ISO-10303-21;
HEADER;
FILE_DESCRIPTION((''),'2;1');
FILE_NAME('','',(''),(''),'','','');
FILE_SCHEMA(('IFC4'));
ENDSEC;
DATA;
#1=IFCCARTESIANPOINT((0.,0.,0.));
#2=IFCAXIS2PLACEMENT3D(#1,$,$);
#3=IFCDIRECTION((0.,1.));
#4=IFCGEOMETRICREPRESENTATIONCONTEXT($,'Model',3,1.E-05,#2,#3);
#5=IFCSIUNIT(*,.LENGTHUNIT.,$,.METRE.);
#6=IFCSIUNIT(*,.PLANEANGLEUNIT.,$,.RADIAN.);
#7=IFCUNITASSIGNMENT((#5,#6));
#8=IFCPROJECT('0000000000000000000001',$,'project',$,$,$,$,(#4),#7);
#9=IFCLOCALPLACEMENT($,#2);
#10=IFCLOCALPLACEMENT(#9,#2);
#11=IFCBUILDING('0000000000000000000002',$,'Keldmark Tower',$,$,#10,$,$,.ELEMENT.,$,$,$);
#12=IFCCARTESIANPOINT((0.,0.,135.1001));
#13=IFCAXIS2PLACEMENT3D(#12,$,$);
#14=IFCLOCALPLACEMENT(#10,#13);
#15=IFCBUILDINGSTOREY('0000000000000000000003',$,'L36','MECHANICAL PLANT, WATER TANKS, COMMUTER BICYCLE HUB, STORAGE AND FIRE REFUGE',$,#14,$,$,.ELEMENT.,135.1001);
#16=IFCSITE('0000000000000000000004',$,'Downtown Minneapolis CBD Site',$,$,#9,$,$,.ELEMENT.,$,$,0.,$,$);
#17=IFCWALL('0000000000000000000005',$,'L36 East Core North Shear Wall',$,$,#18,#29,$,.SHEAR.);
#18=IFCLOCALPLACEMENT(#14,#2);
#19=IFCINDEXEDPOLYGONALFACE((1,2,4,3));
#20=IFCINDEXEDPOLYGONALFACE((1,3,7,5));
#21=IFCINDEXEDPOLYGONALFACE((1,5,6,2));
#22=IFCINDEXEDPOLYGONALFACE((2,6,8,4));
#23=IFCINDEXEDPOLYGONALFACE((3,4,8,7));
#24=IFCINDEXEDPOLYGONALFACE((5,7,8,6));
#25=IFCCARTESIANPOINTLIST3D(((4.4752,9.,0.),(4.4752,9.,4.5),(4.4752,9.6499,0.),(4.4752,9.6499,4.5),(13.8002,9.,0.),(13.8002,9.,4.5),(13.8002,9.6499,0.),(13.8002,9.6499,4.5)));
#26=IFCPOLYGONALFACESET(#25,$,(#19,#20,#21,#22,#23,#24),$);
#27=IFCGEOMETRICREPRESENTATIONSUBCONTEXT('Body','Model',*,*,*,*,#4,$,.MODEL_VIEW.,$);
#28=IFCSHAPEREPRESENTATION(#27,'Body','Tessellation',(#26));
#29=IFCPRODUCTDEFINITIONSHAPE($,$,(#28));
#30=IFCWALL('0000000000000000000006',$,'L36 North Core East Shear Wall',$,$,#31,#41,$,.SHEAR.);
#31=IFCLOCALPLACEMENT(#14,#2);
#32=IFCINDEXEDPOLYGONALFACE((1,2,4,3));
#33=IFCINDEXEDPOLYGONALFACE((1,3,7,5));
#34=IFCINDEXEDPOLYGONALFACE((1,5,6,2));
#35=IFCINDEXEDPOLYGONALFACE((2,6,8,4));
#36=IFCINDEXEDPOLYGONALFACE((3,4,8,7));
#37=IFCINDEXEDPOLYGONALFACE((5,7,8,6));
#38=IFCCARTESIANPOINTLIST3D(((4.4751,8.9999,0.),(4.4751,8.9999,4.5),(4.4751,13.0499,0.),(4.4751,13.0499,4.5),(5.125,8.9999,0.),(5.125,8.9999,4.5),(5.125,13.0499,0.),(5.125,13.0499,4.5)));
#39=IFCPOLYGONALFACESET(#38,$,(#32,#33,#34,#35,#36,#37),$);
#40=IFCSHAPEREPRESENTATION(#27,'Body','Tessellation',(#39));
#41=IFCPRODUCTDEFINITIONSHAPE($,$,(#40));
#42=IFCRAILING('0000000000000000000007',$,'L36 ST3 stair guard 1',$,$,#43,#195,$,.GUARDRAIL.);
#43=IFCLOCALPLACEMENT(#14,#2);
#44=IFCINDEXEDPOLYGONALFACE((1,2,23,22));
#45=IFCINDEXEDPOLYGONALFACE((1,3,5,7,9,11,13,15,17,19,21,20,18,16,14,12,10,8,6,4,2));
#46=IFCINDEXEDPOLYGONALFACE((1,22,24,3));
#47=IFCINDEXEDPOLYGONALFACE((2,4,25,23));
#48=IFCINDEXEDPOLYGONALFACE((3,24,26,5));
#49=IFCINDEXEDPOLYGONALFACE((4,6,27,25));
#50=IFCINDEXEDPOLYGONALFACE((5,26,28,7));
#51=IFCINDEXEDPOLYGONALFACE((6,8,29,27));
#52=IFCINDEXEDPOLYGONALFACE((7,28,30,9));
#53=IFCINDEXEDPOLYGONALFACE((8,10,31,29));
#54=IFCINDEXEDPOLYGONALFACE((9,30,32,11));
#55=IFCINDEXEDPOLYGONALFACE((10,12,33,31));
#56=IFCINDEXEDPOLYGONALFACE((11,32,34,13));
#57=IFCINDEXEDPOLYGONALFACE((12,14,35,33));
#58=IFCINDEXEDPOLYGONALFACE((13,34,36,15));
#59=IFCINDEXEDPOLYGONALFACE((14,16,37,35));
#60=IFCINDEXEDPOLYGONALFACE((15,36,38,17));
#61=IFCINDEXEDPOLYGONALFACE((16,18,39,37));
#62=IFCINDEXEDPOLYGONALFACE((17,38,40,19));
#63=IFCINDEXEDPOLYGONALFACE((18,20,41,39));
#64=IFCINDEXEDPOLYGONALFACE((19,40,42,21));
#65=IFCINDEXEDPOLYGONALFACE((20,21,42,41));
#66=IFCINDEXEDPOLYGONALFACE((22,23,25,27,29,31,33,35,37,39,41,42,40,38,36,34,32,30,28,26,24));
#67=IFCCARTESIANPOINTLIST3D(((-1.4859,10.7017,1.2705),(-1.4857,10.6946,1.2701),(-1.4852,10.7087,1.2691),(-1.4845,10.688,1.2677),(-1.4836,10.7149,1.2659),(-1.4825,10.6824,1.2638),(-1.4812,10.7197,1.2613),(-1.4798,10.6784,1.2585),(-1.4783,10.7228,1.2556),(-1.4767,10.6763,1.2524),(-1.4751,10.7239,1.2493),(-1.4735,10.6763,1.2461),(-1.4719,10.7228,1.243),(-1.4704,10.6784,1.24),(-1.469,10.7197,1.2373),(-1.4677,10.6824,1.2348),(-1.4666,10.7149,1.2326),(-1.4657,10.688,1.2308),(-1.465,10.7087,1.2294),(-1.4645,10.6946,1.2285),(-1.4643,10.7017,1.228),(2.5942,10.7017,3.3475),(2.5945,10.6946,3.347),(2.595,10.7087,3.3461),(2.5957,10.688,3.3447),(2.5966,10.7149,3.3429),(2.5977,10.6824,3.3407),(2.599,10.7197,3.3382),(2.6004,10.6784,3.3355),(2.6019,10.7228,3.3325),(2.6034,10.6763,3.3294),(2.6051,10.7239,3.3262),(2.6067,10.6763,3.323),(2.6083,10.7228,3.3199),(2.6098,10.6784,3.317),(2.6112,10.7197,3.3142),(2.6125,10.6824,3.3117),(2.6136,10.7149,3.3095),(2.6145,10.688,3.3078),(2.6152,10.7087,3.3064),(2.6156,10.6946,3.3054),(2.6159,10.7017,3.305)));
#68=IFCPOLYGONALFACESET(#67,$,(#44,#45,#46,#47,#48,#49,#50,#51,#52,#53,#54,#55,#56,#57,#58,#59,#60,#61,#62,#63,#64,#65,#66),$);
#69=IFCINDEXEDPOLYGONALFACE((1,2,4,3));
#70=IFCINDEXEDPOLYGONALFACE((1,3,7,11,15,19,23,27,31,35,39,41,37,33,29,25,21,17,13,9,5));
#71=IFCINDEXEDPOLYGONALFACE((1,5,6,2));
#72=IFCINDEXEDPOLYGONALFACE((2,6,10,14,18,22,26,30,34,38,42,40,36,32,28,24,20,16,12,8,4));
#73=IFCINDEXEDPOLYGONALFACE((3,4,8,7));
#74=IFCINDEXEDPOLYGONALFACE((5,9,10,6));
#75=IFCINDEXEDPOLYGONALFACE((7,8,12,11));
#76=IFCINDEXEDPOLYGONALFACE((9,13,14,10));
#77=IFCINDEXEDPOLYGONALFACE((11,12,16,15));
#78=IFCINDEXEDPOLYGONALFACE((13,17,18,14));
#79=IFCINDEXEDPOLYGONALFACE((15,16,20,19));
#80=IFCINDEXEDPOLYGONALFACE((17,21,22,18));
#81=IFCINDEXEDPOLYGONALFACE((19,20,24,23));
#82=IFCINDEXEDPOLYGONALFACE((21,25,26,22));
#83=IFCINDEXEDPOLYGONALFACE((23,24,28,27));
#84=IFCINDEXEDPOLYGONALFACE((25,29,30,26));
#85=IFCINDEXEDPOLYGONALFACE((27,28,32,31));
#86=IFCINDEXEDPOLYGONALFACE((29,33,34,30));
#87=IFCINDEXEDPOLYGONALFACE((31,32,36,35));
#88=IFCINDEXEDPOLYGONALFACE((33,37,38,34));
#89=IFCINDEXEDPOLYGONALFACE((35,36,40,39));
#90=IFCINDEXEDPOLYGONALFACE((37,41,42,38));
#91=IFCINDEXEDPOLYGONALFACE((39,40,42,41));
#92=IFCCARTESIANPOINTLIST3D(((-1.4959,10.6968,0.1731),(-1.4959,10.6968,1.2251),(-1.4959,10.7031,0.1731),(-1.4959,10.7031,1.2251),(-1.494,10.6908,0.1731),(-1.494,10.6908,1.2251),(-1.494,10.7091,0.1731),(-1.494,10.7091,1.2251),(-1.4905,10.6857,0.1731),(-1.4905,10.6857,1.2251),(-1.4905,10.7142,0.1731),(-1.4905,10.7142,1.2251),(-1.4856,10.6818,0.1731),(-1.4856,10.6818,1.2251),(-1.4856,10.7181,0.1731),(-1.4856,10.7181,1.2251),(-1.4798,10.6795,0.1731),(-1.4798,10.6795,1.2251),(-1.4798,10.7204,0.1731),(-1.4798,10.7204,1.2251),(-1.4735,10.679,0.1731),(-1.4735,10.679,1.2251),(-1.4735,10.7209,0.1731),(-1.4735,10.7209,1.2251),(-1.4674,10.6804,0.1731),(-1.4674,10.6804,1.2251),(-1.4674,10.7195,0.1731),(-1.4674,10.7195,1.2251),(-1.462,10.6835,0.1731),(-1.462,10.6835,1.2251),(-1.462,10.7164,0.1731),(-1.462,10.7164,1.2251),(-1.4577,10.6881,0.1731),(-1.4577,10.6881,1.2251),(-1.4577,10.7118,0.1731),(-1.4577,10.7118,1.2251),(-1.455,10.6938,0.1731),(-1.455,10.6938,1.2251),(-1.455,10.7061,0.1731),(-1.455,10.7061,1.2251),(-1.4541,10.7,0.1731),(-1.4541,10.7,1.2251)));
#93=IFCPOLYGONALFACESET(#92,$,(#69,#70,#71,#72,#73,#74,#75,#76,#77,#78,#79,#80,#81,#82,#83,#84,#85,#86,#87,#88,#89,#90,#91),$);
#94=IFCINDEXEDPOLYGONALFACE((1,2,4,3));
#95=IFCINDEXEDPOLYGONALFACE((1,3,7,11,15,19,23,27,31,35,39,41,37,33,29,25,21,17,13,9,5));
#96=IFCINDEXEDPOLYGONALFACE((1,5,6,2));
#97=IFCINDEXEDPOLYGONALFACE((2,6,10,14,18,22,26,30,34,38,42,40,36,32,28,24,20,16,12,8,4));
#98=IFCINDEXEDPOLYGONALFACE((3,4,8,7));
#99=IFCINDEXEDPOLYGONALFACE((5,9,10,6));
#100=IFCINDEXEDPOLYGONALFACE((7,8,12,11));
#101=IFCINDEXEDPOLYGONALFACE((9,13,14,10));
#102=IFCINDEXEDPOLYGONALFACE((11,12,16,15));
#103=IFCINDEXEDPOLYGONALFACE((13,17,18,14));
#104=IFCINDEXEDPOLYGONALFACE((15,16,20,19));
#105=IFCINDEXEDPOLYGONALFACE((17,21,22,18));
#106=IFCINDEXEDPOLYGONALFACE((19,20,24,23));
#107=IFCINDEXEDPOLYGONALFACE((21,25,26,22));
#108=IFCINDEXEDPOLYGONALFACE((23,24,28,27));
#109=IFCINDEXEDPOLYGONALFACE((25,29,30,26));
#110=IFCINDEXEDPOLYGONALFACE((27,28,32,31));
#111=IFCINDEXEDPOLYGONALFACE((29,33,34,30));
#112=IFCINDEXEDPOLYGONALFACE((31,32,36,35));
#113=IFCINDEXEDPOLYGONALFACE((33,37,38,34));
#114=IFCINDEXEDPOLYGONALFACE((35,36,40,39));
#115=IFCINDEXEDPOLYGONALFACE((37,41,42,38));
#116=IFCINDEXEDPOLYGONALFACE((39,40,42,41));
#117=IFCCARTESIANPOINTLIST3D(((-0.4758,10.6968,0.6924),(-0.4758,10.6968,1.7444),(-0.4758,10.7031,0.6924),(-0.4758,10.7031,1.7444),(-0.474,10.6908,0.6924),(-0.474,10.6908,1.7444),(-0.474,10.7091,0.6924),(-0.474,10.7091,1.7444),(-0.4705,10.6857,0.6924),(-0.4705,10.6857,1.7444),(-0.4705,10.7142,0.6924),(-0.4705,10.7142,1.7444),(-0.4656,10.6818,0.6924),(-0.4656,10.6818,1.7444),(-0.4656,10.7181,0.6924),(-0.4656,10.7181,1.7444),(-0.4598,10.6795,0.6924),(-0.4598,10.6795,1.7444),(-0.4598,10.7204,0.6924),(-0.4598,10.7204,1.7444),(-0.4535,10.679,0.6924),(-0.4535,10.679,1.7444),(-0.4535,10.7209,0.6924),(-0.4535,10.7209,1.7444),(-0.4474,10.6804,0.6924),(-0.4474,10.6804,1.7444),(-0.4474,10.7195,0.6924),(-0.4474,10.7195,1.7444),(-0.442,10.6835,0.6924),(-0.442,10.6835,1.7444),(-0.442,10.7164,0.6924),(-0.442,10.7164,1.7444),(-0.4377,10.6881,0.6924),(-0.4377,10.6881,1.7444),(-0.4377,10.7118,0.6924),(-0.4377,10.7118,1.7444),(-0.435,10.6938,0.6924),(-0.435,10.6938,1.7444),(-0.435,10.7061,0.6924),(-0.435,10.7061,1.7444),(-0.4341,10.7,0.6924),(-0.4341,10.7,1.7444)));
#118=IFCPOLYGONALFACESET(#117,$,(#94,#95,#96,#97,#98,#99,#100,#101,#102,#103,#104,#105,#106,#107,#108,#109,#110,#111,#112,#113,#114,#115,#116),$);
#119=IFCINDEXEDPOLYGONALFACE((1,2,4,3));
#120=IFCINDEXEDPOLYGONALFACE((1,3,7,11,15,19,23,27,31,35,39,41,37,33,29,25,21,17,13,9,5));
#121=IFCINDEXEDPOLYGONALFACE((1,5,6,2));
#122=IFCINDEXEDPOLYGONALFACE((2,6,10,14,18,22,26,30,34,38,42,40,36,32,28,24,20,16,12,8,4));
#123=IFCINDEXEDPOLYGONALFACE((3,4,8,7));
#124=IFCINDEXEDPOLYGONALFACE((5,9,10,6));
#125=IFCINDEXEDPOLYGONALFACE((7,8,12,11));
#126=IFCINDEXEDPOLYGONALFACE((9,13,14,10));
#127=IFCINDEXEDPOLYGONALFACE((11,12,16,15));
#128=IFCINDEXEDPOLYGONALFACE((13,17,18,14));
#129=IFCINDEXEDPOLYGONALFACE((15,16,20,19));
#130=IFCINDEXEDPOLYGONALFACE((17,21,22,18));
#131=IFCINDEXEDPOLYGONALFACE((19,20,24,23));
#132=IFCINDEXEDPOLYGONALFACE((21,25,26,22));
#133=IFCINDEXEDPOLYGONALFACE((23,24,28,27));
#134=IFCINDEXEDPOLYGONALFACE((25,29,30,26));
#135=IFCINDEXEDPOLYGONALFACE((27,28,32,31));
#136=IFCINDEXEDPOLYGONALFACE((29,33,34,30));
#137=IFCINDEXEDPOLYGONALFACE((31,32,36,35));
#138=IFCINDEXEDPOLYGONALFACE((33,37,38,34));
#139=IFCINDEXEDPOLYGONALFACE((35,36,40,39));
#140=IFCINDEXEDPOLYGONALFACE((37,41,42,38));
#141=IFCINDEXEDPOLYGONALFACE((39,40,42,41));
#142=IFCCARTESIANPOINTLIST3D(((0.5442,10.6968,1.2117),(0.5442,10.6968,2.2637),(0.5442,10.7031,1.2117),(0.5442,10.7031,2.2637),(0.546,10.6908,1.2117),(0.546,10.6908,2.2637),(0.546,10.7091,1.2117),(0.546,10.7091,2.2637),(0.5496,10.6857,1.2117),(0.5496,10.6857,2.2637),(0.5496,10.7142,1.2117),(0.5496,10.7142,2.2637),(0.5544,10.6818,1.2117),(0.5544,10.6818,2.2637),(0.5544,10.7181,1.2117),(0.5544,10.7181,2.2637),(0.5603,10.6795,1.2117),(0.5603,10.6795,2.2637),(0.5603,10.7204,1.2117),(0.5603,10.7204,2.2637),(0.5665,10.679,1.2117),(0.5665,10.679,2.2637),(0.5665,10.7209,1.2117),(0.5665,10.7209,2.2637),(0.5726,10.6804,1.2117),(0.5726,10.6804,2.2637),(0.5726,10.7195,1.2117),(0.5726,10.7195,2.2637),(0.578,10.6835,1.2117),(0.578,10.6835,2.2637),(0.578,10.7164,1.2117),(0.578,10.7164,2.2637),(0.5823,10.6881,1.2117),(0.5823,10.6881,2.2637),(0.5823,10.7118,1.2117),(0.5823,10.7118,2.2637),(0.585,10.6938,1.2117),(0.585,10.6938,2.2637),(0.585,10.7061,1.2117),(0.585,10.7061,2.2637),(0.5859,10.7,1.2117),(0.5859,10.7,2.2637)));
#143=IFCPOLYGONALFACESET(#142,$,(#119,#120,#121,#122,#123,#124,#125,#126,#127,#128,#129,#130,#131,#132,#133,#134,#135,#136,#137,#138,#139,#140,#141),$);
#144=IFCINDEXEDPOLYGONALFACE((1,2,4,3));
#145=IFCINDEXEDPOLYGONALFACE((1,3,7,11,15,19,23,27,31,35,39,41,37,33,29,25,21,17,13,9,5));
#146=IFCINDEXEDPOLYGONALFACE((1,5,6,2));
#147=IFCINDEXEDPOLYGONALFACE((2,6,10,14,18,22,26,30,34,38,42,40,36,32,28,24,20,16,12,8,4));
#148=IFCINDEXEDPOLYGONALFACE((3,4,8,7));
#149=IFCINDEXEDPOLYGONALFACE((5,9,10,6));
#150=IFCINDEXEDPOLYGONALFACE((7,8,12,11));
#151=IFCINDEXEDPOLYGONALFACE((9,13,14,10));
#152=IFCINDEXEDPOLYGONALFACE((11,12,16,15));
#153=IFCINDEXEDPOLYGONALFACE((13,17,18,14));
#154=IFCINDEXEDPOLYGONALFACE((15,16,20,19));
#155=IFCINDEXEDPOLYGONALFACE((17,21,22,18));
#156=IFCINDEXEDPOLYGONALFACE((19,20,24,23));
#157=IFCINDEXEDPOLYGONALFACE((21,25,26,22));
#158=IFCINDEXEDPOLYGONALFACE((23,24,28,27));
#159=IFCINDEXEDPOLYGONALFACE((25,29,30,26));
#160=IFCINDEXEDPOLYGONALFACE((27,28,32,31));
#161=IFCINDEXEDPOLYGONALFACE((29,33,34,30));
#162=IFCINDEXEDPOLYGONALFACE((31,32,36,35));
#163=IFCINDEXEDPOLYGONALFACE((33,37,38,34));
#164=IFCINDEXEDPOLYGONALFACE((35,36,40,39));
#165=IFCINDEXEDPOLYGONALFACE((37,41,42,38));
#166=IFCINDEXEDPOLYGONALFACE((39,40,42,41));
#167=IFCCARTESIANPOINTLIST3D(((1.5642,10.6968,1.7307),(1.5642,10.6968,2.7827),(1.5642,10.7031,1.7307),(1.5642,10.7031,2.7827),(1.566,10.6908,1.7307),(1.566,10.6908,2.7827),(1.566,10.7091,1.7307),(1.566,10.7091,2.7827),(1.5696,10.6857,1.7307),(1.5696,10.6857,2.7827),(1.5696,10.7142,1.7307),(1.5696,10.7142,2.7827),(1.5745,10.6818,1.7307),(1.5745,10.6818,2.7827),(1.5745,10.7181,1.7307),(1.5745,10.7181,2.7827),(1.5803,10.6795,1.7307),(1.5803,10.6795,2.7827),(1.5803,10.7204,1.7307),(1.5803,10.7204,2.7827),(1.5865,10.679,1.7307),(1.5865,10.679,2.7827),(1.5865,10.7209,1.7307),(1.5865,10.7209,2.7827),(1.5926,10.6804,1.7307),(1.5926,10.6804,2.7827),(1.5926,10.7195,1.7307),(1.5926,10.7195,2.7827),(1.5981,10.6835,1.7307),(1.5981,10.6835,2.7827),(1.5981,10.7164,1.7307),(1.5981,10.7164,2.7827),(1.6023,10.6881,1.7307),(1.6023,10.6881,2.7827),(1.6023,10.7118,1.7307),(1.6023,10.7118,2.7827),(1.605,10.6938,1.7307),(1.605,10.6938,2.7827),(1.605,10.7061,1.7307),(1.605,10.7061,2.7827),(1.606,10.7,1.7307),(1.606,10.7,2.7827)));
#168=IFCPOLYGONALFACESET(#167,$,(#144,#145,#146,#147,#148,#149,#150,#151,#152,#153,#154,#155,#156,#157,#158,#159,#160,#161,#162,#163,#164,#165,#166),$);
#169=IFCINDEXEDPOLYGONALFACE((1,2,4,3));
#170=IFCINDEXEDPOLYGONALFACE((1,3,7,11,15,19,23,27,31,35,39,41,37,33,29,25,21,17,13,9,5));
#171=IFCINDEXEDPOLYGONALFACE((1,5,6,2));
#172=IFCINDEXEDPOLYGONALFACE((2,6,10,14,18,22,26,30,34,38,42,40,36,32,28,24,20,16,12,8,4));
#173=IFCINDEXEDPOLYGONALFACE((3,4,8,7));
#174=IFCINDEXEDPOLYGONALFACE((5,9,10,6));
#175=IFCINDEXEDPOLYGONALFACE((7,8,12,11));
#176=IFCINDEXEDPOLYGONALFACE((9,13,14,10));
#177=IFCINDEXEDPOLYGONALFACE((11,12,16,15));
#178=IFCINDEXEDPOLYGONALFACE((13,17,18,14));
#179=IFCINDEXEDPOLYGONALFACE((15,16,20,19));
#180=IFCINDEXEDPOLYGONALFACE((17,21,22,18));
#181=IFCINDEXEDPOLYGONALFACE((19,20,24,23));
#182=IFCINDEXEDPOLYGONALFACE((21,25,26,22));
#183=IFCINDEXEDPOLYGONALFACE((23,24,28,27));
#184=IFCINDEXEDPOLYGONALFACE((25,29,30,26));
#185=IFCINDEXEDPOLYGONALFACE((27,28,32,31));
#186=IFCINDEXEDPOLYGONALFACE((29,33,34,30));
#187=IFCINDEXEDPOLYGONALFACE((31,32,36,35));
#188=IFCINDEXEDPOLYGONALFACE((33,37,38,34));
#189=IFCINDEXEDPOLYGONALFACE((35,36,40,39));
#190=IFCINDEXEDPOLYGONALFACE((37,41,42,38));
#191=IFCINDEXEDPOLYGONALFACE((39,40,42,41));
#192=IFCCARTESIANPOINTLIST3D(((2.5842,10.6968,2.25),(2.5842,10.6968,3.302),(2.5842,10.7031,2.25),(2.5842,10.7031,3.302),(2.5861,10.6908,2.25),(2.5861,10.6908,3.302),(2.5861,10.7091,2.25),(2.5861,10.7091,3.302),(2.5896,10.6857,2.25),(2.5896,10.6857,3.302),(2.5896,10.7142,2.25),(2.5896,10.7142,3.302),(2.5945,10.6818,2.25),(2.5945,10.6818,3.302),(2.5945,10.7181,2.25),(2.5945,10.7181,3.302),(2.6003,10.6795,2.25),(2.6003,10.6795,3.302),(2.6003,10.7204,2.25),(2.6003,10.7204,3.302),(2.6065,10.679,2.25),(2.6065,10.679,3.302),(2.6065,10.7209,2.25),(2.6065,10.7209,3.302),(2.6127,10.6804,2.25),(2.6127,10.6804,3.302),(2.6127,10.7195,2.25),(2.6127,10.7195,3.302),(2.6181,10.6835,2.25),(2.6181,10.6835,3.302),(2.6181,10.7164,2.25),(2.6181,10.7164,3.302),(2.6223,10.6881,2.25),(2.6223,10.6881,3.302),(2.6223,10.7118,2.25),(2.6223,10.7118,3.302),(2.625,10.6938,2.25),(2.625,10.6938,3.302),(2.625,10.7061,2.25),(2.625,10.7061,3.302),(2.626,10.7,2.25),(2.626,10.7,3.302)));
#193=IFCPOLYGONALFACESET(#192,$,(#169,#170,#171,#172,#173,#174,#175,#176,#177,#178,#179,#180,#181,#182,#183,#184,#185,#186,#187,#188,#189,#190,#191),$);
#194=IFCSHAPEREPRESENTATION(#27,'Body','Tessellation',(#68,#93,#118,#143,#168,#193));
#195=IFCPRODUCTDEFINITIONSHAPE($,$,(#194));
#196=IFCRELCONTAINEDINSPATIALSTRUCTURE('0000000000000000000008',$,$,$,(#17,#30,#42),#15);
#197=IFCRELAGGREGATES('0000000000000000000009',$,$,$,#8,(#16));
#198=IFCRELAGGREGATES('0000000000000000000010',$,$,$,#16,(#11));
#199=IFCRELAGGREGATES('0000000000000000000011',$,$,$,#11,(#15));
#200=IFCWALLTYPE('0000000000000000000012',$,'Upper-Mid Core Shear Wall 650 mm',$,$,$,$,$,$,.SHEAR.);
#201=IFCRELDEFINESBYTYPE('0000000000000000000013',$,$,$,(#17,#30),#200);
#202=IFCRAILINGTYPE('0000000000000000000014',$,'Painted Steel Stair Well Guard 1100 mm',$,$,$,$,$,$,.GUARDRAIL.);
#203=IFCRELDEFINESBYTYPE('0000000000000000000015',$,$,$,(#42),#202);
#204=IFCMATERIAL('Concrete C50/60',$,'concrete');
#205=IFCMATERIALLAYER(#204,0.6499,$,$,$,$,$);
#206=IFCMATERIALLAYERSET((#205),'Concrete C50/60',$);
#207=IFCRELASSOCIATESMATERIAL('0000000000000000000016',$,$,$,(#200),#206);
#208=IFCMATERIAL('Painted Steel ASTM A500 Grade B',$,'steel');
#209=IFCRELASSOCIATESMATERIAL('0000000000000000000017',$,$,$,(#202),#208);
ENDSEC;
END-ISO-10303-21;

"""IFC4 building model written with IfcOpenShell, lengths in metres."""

from ifc_helpers import new_model, si_unit, direction, frame, frame_2d, origin, origin_2d, place, context, subcontext, project, spatial, rectangle, circle, extrude, material, layer, layer_set, type_object, element, save


model = new_model("IFC4")

# Units and contexts
model_context = context("Model", 3, precision=1e-05, world=origin(), true_north=direction((0.0, 1.0)))
body_context = subcontext(model_context, "Body", "Model", "MODEL_VIEW")
ifc_project = project(units=[si_unit("LENGTHUNIT", "METRE"), si_unit("PLANEANGLEUNIT", "RADIAN")], contexts=[model_context])

# Site, building, storey
site_placement = place(None, origin())
site = spatial("IfcSite", under=ifc_project, at=site_placement, Name="Downtown Minneapolis CBD Site", CompositionType="ELEMENT", RefElevation=0.0)
building_placement = place(site_placement, origin())
building = spatial("IfcBuilding", under=site, at=building_placement, Name="Keldmark Tower", CompositionType="ELEMENT")
storey_placement = place(building_placement, frame((0.0, 0.0, 135.1001)))
storey = spatial("IfcBuildingStorey", under=building, at=storey_placement, Name="L36", Description="MECHANICAL PLANT, WATER TANKS, COMMUTER BICYCLE HUB, STORAGE AND FIRE REFUGE", CompositionType="ELEMENT", Elevation=135.1001)

# Walls
ifc_material_1 = material(Name="Concrete C50/60", Category="concrete")
ifc_layer_1 = layer(ifc_material_1, 0.6499)
ifc_layer_set_1 = layer_set([ifc_layer_1], Name="Concrete C50/60")
wall_type_1 = type_object("IfcWallType", Name="Upper-Mid Core Shear Wall 650 mm", PredefinedType="SHEAR", material=ifc_layer_set_1)
wall_1_placement = place(storey_placement, frame((4.4751, 9.325, 0.0), z_axis=(0.0, 0.0, 1.0), x_axis=(1.0, 0.0, 0.0)))
element("IfcWall", 1, at=wall_1_placement, inside=storey, type_object=wall_type_1, Name="L36 East Core North Shear Wall", PredefinedType="SHEAR", context=body_context, shape_type="SweptSolid", body=[
    extrude(rectangle(XDim=9.325, YDim=0.6499, at=frame_2d((4.6626, 0.0))), origin(), (0.0, 0.0, 1.0), 4.5),
])
wall_2_placement = place(storey_placement, frame((4.8, 9.0, 0.0), z_axis=(0.0, 0.0, 1.0), x_axis=(0.0, 1.0, 0.0)))
element("IfcWall", 2, at=wall_2_placement, inside=storey, type_object=wall_type_1, Name="L36 North Core East Shear Wall", PredefinedType="SHEAR", context=body_context, shape_type="SweptSolid", body=[
    extrude(rectangle(XDim=4.05, YDim=0.6499, at=frame_2d((2.0249, 0.0))), origin(), (0.0, 0.0, 1.0), 4.5),
])

# Railing
ifc_material_2 = material(Name="Painted Steel ASTM A500 Grade B", Category="steel")
railing_type_1 = type_object("IfcRailingType", Name="Painted Steel Stair Well Guard 1100 mm", PredefinedType="GUARDRAIL", material=ifc_material_2)
railing_1_placement = place(storey_placement, frame((-1.4751, 10.7, 0.1731)))
element("IfcRailing", 3, at=railing_1_placement, inside=storey, type_object=railing_type_1, Name="L36 ST3 stair guard 1", PredefinedType="GUARDRAIL", context=body_context, shape_type="SweptSolid", body=[
    extrude(circle(Radius=0.0239, at=origin_2d()), frame((0.0, 0.0, 1.0762), z_axis=(0.891183, 0.0, 0.453644), x_axis=(0.0, 1.0, 0.0)), (0.0, 0.0, 1.0), 4.5784),
    extrude(circle(Radius=0.021, at=origin_2d()), origin(), (0.0, 0.0, 1.0), 1.052),
    extrude(circle(Radius=0.021, at=origin_2d()), frame((1.02, 0.0, 0.5193)), (0.0, 0.0, 1.0), 1.052),
    extrude(circle(Radius=0.021, at=origin_2d()), frame((2.04, 0.0, 1.0386)), (0.0, 0.0, 1.0), 1.052),
    extrude(circle(Radius=0.021, at=origin_2d()), frame((3.0601, 0.0, 1.5576)), (0.0, 0.0, 1.0), 1.052),
    extrude(circle(Radius=0.021, at=origin_2d()), frame((4.0801, 0.0, 2.0769)), (0.0, 0.0, 1.0), 1.052),
])

save(model, "model.ifc")
